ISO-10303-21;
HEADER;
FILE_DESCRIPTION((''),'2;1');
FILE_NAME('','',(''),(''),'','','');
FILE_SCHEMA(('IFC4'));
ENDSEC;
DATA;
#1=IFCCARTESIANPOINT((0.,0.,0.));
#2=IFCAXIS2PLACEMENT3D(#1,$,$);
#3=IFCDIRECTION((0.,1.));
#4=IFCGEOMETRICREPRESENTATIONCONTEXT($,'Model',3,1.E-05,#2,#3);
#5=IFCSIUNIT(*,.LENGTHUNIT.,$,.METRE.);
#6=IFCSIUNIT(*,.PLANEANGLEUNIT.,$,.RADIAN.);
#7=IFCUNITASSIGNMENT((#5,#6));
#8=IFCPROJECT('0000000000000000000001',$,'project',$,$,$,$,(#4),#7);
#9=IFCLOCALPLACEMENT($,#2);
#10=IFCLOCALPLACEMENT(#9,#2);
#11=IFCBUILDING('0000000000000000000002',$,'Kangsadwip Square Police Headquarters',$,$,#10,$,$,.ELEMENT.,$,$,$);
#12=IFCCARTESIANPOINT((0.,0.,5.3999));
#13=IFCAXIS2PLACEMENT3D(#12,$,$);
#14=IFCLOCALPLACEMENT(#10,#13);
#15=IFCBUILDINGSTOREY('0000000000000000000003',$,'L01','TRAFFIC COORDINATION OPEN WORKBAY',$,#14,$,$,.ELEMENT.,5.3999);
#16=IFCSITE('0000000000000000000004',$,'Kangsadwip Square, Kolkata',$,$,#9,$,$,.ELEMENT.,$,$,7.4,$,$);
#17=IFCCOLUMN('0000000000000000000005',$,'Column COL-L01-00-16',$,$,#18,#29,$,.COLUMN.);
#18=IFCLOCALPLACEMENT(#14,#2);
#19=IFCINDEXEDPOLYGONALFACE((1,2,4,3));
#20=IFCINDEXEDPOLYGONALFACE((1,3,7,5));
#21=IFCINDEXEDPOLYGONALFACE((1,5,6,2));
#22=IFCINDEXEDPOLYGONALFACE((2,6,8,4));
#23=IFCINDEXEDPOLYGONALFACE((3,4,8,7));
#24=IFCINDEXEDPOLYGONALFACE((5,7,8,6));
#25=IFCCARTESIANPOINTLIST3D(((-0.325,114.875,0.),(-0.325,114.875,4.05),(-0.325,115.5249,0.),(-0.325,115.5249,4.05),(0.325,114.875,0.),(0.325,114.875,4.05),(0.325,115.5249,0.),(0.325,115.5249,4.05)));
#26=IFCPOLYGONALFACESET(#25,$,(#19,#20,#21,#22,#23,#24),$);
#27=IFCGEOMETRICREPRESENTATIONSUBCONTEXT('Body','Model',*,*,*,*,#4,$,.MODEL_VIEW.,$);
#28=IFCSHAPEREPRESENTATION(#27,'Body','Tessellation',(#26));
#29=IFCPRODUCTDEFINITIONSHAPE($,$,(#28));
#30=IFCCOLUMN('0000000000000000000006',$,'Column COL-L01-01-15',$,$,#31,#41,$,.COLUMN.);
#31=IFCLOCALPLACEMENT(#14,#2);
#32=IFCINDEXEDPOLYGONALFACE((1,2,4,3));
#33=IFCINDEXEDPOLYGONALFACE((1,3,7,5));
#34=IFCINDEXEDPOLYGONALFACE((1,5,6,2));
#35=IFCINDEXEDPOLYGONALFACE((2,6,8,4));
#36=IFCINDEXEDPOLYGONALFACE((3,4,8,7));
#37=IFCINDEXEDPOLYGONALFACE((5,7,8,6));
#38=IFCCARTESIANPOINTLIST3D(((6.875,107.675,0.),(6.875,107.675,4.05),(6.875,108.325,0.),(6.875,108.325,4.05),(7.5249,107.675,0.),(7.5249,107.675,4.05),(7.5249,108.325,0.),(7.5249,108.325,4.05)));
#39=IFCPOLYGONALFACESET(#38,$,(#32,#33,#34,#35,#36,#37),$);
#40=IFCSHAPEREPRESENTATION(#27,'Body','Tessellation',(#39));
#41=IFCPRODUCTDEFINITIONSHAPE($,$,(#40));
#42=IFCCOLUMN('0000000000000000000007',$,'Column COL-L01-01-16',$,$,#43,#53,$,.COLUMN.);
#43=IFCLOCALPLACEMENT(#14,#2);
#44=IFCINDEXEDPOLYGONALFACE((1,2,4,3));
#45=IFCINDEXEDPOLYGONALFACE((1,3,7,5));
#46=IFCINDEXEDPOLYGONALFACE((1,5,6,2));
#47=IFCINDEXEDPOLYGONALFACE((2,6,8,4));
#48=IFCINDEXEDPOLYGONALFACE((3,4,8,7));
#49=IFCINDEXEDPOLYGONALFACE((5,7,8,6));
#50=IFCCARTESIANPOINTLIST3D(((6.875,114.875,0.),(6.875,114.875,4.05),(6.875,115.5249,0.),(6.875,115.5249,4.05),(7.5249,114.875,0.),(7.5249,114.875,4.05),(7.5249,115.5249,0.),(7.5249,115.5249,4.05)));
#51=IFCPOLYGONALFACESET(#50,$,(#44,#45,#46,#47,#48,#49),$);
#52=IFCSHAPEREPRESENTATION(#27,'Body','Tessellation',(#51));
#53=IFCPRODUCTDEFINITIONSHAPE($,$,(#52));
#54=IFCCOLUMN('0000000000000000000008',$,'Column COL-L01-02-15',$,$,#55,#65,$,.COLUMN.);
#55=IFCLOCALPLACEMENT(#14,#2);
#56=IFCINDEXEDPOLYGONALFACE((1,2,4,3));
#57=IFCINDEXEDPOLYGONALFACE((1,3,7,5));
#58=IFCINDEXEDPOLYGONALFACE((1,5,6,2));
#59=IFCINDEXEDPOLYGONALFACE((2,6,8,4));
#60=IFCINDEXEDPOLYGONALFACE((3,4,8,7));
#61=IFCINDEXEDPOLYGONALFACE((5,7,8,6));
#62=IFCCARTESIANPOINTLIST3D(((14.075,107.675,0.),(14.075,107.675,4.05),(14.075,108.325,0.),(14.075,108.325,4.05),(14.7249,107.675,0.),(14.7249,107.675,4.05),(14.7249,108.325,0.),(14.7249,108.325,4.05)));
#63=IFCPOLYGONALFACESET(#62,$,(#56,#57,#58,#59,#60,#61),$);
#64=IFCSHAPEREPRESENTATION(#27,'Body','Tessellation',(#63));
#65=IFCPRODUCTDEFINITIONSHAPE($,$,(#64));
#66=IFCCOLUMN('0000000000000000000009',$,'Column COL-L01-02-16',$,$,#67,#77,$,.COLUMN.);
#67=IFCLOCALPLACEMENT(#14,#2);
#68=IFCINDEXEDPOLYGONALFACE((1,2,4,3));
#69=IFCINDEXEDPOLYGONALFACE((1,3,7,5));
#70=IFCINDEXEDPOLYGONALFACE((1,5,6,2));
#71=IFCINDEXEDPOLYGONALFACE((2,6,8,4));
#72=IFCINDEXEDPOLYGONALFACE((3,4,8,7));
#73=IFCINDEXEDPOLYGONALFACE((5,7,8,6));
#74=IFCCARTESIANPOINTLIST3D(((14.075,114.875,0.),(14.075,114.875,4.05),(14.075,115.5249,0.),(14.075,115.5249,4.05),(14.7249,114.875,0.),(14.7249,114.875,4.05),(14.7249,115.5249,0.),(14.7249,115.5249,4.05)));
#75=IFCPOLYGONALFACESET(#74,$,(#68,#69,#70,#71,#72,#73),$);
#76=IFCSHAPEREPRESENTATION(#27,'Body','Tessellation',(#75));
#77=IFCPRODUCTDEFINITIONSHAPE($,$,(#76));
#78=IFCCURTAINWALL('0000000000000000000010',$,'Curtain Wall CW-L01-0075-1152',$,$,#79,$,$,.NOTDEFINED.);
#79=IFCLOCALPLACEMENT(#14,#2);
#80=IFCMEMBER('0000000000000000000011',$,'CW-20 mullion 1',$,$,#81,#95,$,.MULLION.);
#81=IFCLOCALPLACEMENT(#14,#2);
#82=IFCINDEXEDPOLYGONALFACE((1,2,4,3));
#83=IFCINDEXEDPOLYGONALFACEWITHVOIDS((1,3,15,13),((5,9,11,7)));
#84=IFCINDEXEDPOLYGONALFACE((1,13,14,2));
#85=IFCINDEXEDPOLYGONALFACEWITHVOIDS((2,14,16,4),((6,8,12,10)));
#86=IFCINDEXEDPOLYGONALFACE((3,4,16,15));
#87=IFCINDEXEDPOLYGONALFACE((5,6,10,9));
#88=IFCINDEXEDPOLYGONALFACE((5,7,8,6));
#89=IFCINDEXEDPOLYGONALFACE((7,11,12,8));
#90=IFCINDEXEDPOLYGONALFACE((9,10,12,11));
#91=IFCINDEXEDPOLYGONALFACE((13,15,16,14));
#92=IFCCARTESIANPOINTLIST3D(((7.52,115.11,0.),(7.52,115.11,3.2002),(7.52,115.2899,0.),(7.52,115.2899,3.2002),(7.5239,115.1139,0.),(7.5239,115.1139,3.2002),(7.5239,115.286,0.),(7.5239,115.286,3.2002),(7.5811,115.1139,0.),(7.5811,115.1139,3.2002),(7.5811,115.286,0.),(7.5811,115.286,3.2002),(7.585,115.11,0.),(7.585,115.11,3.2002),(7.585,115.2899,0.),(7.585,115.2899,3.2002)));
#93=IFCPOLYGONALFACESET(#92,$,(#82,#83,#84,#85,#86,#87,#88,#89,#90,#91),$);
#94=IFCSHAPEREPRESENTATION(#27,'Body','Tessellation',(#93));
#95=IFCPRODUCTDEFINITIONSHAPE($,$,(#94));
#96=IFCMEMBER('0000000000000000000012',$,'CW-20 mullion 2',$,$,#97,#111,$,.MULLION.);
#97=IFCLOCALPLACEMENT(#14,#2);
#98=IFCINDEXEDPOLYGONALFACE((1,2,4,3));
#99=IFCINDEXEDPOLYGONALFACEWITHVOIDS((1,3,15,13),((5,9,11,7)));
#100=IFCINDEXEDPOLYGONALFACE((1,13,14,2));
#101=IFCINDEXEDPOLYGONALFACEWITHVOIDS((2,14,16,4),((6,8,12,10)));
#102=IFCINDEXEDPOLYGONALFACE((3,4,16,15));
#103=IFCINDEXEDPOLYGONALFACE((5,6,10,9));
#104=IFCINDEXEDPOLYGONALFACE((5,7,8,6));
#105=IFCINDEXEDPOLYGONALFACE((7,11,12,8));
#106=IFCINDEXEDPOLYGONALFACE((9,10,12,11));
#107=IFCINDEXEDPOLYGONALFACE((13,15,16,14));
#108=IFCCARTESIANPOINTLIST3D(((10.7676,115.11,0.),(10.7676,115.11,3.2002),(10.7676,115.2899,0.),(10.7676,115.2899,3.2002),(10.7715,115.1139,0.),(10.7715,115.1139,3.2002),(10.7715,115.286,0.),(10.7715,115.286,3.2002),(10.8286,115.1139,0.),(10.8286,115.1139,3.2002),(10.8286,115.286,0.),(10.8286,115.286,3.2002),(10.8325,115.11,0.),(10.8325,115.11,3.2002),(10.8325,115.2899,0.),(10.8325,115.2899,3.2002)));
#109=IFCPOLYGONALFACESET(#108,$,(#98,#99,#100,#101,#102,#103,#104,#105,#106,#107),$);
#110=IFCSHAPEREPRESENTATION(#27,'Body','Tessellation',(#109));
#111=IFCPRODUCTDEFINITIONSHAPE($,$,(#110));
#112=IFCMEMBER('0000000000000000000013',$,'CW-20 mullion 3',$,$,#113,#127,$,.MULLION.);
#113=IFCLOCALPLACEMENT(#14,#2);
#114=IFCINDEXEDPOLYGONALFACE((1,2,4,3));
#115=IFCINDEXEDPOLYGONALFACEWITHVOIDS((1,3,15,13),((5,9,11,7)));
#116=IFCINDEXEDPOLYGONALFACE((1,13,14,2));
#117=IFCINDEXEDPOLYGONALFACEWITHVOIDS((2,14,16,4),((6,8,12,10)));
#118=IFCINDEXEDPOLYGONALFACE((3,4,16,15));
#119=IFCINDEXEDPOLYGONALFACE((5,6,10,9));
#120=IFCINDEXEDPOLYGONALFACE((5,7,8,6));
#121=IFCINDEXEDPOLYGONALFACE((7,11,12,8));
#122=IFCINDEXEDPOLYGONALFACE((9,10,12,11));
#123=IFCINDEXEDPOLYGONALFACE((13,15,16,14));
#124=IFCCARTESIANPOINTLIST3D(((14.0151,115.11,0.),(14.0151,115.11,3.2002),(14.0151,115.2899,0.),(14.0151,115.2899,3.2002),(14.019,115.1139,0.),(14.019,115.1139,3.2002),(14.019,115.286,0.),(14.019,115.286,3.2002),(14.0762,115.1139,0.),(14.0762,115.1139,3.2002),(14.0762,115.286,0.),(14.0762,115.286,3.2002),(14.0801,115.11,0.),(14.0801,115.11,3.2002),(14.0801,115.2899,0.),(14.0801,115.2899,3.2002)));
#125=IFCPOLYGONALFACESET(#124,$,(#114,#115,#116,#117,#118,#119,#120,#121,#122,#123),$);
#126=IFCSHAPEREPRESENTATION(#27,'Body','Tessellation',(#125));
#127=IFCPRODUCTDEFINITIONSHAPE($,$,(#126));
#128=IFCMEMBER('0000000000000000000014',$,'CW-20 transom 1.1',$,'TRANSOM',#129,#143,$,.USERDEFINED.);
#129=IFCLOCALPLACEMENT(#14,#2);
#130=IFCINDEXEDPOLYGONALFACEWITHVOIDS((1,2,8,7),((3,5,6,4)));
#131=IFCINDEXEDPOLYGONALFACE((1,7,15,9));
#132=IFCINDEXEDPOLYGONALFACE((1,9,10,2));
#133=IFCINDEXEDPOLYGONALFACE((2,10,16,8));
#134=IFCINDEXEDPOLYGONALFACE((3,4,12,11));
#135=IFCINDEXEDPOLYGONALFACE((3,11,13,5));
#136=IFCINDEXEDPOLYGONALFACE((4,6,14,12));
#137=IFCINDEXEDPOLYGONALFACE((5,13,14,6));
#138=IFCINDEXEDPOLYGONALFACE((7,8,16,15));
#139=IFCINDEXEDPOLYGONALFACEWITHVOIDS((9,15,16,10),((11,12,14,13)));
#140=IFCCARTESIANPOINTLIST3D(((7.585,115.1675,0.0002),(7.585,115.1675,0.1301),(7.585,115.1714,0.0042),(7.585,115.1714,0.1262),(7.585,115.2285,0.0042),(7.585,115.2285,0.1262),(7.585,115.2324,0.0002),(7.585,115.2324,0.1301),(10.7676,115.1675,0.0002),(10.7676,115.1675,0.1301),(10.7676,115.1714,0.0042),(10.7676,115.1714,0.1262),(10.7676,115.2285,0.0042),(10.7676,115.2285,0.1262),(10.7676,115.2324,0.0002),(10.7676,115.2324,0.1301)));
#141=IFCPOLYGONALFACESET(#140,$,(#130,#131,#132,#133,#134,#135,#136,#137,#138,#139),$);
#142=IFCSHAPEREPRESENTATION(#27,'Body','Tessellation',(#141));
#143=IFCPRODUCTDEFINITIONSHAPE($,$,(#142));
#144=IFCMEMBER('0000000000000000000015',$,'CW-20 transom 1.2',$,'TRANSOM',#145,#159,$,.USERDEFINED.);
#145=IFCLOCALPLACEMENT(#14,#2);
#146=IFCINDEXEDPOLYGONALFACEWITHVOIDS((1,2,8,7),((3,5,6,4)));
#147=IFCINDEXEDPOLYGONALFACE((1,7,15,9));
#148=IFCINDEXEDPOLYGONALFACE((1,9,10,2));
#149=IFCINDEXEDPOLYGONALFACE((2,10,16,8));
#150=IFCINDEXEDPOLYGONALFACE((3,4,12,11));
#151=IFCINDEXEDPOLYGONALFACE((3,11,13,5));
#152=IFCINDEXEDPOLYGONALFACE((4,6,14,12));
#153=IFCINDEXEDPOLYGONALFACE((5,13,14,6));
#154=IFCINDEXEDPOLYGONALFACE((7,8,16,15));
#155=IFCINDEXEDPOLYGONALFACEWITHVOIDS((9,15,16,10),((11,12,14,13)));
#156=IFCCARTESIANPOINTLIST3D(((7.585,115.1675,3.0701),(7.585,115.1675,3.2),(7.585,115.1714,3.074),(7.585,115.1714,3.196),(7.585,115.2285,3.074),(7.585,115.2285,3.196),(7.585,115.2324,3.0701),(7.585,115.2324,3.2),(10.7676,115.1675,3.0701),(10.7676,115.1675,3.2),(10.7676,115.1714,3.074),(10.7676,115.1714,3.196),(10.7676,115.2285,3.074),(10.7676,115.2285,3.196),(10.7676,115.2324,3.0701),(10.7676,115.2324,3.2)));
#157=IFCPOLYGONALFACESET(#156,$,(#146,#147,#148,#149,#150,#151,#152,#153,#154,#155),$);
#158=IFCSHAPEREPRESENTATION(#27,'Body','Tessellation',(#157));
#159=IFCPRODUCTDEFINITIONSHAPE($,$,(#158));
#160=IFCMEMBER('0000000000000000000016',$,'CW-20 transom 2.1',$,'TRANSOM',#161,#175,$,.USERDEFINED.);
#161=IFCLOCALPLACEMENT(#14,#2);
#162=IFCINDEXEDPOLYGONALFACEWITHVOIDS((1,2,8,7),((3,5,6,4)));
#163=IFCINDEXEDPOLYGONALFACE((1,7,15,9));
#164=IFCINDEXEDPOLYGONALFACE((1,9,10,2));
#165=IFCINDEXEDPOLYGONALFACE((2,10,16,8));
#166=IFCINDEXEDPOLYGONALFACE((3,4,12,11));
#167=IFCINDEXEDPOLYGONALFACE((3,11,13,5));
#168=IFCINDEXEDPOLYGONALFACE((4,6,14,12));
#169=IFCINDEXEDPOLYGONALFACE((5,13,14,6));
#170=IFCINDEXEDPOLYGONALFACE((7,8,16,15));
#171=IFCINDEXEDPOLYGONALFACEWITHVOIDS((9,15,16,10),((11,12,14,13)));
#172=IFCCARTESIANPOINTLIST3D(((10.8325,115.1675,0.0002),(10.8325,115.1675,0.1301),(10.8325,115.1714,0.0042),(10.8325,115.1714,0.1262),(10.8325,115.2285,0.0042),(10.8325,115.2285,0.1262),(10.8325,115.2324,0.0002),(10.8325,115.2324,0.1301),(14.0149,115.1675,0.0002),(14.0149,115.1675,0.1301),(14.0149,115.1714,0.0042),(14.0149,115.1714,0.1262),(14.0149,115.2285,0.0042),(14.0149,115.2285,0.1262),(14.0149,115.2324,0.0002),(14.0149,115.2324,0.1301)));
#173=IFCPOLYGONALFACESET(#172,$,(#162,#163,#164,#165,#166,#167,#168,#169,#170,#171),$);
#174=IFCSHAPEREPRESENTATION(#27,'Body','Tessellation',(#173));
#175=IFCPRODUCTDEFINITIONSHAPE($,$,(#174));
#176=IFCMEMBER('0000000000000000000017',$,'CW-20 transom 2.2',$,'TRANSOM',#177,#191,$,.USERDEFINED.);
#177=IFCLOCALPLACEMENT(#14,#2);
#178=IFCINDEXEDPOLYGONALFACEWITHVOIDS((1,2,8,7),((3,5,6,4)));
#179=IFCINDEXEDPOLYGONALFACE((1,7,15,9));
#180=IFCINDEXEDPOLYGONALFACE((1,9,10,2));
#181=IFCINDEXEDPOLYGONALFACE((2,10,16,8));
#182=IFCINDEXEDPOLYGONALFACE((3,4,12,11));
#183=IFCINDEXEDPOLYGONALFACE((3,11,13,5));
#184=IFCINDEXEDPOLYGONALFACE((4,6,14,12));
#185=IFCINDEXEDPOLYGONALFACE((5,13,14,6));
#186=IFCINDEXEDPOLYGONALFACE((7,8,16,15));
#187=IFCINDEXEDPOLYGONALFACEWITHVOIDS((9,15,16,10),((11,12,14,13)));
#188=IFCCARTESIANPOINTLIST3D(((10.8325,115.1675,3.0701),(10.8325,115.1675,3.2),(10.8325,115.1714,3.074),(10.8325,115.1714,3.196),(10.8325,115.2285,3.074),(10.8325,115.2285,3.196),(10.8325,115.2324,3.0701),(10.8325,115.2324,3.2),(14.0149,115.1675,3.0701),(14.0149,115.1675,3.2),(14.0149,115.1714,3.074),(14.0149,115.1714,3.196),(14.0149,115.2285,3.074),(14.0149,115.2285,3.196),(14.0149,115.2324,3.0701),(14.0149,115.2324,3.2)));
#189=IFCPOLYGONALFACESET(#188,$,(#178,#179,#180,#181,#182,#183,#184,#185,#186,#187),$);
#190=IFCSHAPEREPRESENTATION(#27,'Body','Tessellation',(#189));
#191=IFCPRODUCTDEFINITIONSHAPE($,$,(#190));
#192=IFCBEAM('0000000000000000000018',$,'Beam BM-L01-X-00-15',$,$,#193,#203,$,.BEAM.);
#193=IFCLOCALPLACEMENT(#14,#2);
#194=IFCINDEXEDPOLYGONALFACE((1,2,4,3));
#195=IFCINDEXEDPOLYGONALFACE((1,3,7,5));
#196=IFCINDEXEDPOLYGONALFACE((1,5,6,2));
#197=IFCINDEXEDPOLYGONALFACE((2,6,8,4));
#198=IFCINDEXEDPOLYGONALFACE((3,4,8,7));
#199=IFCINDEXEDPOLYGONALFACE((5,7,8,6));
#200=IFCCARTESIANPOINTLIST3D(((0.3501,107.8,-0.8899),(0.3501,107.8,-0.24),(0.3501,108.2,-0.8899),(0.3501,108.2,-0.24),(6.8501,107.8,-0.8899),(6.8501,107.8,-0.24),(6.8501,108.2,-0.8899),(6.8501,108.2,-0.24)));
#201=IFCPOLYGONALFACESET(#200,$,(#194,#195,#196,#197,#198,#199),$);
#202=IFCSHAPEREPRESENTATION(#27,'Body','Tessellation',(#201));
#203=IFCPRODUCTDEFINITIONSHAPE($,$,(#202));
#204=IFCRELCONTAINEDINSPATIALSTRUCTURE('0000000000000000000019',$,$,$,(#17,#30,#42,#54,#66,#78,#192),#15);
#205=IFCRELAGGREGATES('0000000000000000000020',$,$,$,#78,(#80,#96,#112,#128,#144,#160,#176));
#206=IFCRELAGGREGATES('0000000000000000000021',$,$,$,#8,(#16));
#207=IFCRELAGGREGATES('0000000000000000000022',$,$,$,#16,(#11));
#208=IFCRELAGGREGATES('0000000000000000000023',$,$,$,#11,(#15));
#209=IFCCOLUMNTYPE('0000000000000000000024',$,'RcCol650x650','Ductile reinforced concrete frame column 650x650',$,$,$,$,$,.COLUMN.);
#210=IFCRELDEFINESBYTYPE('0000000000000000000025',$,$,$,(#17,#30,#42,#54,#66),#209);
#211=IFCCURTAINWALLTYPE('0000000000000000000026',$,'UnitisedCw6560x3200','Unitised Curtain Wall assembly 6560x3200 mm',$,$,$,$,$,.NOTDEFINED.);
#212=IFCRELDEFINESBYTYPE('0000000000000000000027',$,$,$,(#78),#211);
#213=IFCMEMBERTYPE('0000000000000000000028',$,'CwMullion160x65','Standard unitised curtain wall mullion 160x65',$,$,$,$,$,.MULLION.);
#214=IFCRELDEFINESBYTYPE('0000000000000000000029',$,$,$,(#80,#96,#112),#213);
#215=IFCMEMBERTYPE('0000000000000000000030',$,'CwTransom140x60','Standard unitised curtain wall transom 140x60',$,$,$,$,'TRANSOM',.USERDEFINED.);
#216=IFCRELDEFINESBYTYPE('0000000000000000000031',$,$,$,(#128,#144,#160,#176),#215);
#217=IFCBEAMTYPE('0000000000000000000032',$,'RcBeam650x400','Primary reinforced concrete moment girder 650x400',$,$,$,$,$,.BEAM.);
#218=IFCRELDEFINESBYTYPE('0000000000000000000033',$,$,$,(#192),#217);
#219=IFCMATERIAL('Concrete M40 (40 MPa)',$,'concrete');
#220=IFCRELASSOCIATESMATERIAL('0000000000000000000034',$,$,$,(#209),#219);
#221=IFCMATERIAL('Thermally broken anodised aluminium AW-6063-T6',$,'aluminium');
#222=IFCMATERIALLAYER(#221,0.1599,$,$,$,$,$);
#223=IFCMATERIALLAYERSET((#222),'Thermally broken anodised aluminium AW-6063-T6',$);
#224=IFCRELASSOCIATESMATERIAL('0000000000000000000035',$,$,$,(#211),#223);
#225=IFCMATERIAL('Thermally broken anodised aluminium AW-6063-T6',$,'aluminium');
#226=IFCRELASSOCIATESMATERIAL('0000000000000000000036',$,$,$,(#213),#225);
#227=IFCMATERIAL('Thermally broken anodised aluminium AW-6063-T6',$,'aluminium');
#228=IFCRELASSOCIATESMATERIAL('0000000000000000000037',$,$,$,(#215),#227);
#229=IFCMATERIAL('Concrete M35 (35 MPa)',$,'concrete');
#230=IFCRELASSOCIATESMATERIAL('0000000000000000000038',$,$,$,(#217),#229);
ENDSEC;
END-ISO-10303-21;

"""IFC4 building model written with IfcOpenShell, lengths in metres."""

from ifc_helpers import new_model, si_unit, direction, frame, origin, origin_2d, place, context, subcontext, project, spatial, rectangle, hollow_rectangle, extrude, material, layer, layer_set, material_profile, profile_set, type_object, element, aggregate, save


model = new_model("IFC4")

# Units and contexts
model_context = context("Model", 3, precision=1e-05, world=origin(), true_north=direction((0.0, 1.0)))
body_context = subcontext(model_context, "Body", "Model", "MODEL_VIEW")
ifc_project = project(units=[si_unit("LENGTHUNIT", "METRE"), si_unit("PLANEANGLEUNIT", "RADIAN")], contexts=[model_context])

# Site, building, storey
site_placement = place(None, origin())
site = spatial("IfcSite", under=ifc_project, at=site_placement, Name="Kangsadwip Square, Kolkata", CompositionType="ELEMENT", RefElevation=7.4)
building_placement = place(site_placement, origin())
building = spatial("IfcBuilding", under=site, at=building_placement, Name="Kangsadwip Square Police Headquarters", CompositionType="ELEMENT")
storey_placement = place(building_placement, frame((0.0, 0.0, 5.3999)))
storey = spatial("IfcBuildingStorey", under=building, at=storey_placement, Name="L01", Description="TRAFFIC COORDINATION OPEN WORKBAY", CompositionType="ELEMENT", Elevation=5.3999)

# Columns
ifc_material_1 = material(Name="Concrete M40 (40 MPa)", Category="concrete")
ifc_material_profile_1 = material_profile(ifc_material_1, rectangle(XDim=0.6499, YDim=0.6499, at=origin_2d()), Name="RC COL 650X650")
ifc_profile_set_1 = profile_set([ifc_material_profile_1], Name="Concrete M40 (40 MPa)")
column_type = type_object("IfcColumnType", Name="RcCol650x650", Description="Ductile reinforced concrete frame column 650x650", PredefinedType="COLUMN", material=ifc_profile_set_1)
for number, where, z_axis, x_axis, name in (
    (1, (0.0, 115.2, 0.0), (0.0, 0.0, 1.0), (1.0, 0.0, 0.0), "Column COL-L01-00-16"),
    (2, (7.2, 108.0, 0.0), (0.0, 0.0, 1.0), (1.0, 0.0, 0.0), "Column COL-L01-01-15"),
    (3, (7.2, 115.2, 0.0), (0.0, 0.0, 1.0), (1.0, 0.0, 0.0), "Column COL-L01-01-16"),
    (4, (14.3999, 108.0, 0.0), (0.0, 0.0, 1.0), (1.0, 0.0, 0.0), "Column COL-L01-02-15"),
    (5, (14.3999, 115.2, 0.0), (0.0, 0.0, 1.0), (1.0, 0.0, 0.0), "Column COL-L01-02-16"),
):
    element("IfcColumn", number, at=place(storey_placement, frame(where, z_axis=z_axis, x_axis=x_axis)), inside=storey, type_object=column_type, Name=name, PredefinedType="COLUMN", context=body_context, shape_type="SweptSolid", body=[
        extrude(rectangle(XDim=0.6499, YDim=0.6499, at=origin_2d()), origin(), (0.0, 0.0, 1.0), 4.05),
    ])

# Curtain wall, members
ifc_material_2 = material(Name="Thermally broken anodised aluminium AW-6063-T6", Category="aluminium")
ifc_layer_1 = layer(ifc_material_2, 0.1599)
ifc_layer_set_1 = layer_set([ifc_layer_1], Name="Thermally broken anodised aluminium AW-6063-T6")
curtain_wall_type = type_object("IfcCurtainWallType", Name="UnitisedCw6560x3200", Description="Unitised Curtain Wall assembly 6560x3200 mm", PredefinedType="NOTDEFINED", material=ifc_layer_set_1)
curtain_wall_placement = place(storey_placement, origin())
curtain_wall = element("IfcCurtainWall", 6, at=curtain_wall_placement, inside=storey, type_object=curtain_wall_type, Name="Curtain Wall CW-L01-0075-1152", PredefinedType="NOTDEFINED")
ifc_material_3 = material(Name="Thermally broken anodised aluminium AW-6063-T6", Category="aluminium")
ifc_material_profile_2 = material_profile(ifc_material_3, hollow_rectangle(XDim=0.0649, YDim=0.1799, WallThickness=0.0039, at=origin_2d()), Name="CWM 180X65X4")
ifc_profile_set_2 = profile_set([ifc_material_profile_2], Name="Thermally broken anodised aluminium AW-6063-T6")
member_type_1 = type_object("IfcMemberType", Name="CwMullion160x65", Description="Standard unitised curtain wall mullion 160x65", PredefinedType="MULLION", material=ifc_profile_set_2)
member_1_placement = place(storey_placement, frame((7.5525, 115.2, 0.0), z_axis=(0.0, 0.0, 1.0), x_axis=(1.0, 0.0, 0.0)))
member_1 = element("IfcMember", 7, at=member_1_placement, type_object=member_type_1, Name="CW-20 mullion 1", PredefinedType="MULLION", context=body_context, shape_type="SweptSolid", body=[
    extrude(hollow_rectangle(XDim=0.0649, YDim=0.1799, WallThickness=0.0039, at=origin_2d()), origin(), (0.0, 0.0, 1.0), 3.2002),
])
member_2_placement = place(storey_placement, frame((10.8, 115.2, 0.0), z_axis=(0.0, 0.0, 1.0), x_axis=(1.0, 0.0, 0.0)))
member_2 = element("IfcMember", 8, at=member_2_placement, type_object=member_type_1, Name="CW-20 mullion 2", PredefinedType="MULLION", context=body_context, shape_type="SweptSolid", body=[
    extrude(hollow_rectangle(XDim=0.0649, YDim=0.1799, WallThickness=0.0039, at=origin_2d()), origin(), (0.0, 0.0, 1.0), 3.2002),
])
member_3_placement = place(storey_placement, frame((14.0476, 115.2, 0.0), z_axis=(0.0, 0.0, 1.0), x_axis=(1.0, 0.0, 0.0)))
member_3 = element("IfcMember", 9, at=member_3_placement, type_object=member_type_1, Name="CW-20 mullion 3", PredefinedType="MULLION", context=body_context, shape_type="SweptSolid", body=[
    extrude(hollow_rectangle(XDim=0.0649, YDim=0.1799, WallThickness=0.0039, at=origin_2d()), origin(), (0.0, 0.0, 1.0), 3.2002),
])
ifc_material_4 = material(Name="Thermally broken anodised aluminium AW-6063-T6", Category="aluminium")
ifc_material_profile_3 = material_profile(ifc_material_4, hollow_rectangle(XDim=0.0649, YDim=0.1299, WallThickness=0.0039, at=origin_2d()), Name="CWT 130X65X4")
ifc_profile_set_3 = profile_set([ifc_material_profile_3], Name="Thermally broken anodised aluminium AW-6063-T6")
member_type_2 = type_object("IfcMemberType", Name="CwTransom140x60", Description="Standard unitised curtain wall transom 140x60", ElementType="TRANSOM", PredefinedType="USERDEFINED", material=ifc_profile_set_3)
member_4_placement = place(storey_placement, frame((7.585, 115.2, 0.0652), z_axis=(1.0, 0.0, 0.0), x_axis=(0.0, 1.0, 0.0)))
member_4 = element("IfcMember", 10, at=member_4_placement, type_object=member_type_2, Name="CW-20 transom 1.1", ObjectType="TRANSOM", PredefinedType="USERDEFINED", context=body_context, shape_type="SweptSolid", body=[
    extrude(hollow_rectangle(XDim=0.0649, YDim=0.1299, WallThickness=0.0039, at=origin_2d()), origin(), (0.0, 0.0, 1.0), 3.1826),
])
member_5_placement = place(storey_placement, frame((7.585, 115.2, 3.135), z_axis=(1.0, 0.0, 0.0), x_axis=(0.0, 1.0, 0.0)))
member_5 = element("IfcMember", 11, at=member_5_placement, type_object=member_type_2, Name="CW-20 transom 1.2", ObjectType="TRANSOM", PredefinedType="USERDEFINED", context=body_context, shape_type="SweptSolid", body=[
    extrude(hollow_rectangle(XDim=0.0649, YDim=0.1299, WallThickness=0.0039, at=origin_2d()), origin(), (0.0, 0.0, 1.0), 3.1826),
])
member_6_placement = place(storey_placement, frame((10.8325, 115.2, 0.0652), z_axis=(1.0, 0.0, 0.0), x_axis=(0.0, 1.0, 0.0)))
member_6 = element("IfcMember", 12, at=member_6_placement, type_object=member_type_2, Name="CW-20 transom 2.1", ObjectType="TRANSOM", PredefinedType="USERDEFINED", context=body_context, shape_type="SweptSolid", body=[
    extrude(hollow_rectangle(XDim=0.0649, YDim=0.1299, WallThickness=0.0039, at=origin_2d()), origin(), (0.0, 0.0, 1.0), 3.1824),
])
member_7_placement = place(storey_placement, frame((10.8325, 115.2, 3.135), z_axis=(1.0, 0.0, 0.0), x_axis=(0.0, 1.0, 0.0)))
member_7 = element("IfcMember", 13, at=member_7_placement, type_object=member_type_2, Name="CW-20 transom 2.2", ObjectType="TRANSOM", PredefinedType="USERDEFINED", context=body_context, shape_type="SweptSolid", body=[
    extrude(hollow_rectangle(XDim=0.0649, YDim=0.1299, WallThickness=0.0039, at=origin_2d()), origin(), (0.0, 0.0, 1.0), 3.1824),
])

# Beam
ifc_material_5 = material(Name="Concrete M35 (35 MPa)", Category="concrete")
ifc_material_profile_4 = material_profile(ifc_material_5, rectangle(XDim=0.3999, YDim=0.6499, at=origin_2d()), Name="RC BM 650X400")
ifc_profile_set_4 = profile_set([ifc_material_profile_4], Name="Concrete M35 (35 MPa)")
beam_type_1 = type_object("IfcBeamType", Name="RcBeam650x400", Description="Primary reinforced concrete moment girder 650x400", PredefinedType="BEAM", material=ifc_profile_set_4)
for number, where, z_axis, x_axis, name in (
    (14, (0.3501, 108.0, -0.5649), (1.0, 0.0, 0.0), (0.0, 1.0, 0.0), "Beam BM-L01-X-00-15"),
):
    element("IfcBeam", number, at=place(storey_placement, frame(where, z_axis=z_axis, x_axis=x_axis)), inside=storey, type_object=beam_type_1, Name=name, PredefinedType="BEAM", context=body_context, shape_type="SweptSolid", body=[
        extrude(rectangle(XDim=0.3999, YDim=0.6499, at=origin_2d()), origin(), (0.0, 0.0, 1.0), 6.5),
    ])

aggregate(curtain_wall, [member_1, member_2, member_3, member_4, member_5, member_6, member_7])

save(model, "model.ifc")
